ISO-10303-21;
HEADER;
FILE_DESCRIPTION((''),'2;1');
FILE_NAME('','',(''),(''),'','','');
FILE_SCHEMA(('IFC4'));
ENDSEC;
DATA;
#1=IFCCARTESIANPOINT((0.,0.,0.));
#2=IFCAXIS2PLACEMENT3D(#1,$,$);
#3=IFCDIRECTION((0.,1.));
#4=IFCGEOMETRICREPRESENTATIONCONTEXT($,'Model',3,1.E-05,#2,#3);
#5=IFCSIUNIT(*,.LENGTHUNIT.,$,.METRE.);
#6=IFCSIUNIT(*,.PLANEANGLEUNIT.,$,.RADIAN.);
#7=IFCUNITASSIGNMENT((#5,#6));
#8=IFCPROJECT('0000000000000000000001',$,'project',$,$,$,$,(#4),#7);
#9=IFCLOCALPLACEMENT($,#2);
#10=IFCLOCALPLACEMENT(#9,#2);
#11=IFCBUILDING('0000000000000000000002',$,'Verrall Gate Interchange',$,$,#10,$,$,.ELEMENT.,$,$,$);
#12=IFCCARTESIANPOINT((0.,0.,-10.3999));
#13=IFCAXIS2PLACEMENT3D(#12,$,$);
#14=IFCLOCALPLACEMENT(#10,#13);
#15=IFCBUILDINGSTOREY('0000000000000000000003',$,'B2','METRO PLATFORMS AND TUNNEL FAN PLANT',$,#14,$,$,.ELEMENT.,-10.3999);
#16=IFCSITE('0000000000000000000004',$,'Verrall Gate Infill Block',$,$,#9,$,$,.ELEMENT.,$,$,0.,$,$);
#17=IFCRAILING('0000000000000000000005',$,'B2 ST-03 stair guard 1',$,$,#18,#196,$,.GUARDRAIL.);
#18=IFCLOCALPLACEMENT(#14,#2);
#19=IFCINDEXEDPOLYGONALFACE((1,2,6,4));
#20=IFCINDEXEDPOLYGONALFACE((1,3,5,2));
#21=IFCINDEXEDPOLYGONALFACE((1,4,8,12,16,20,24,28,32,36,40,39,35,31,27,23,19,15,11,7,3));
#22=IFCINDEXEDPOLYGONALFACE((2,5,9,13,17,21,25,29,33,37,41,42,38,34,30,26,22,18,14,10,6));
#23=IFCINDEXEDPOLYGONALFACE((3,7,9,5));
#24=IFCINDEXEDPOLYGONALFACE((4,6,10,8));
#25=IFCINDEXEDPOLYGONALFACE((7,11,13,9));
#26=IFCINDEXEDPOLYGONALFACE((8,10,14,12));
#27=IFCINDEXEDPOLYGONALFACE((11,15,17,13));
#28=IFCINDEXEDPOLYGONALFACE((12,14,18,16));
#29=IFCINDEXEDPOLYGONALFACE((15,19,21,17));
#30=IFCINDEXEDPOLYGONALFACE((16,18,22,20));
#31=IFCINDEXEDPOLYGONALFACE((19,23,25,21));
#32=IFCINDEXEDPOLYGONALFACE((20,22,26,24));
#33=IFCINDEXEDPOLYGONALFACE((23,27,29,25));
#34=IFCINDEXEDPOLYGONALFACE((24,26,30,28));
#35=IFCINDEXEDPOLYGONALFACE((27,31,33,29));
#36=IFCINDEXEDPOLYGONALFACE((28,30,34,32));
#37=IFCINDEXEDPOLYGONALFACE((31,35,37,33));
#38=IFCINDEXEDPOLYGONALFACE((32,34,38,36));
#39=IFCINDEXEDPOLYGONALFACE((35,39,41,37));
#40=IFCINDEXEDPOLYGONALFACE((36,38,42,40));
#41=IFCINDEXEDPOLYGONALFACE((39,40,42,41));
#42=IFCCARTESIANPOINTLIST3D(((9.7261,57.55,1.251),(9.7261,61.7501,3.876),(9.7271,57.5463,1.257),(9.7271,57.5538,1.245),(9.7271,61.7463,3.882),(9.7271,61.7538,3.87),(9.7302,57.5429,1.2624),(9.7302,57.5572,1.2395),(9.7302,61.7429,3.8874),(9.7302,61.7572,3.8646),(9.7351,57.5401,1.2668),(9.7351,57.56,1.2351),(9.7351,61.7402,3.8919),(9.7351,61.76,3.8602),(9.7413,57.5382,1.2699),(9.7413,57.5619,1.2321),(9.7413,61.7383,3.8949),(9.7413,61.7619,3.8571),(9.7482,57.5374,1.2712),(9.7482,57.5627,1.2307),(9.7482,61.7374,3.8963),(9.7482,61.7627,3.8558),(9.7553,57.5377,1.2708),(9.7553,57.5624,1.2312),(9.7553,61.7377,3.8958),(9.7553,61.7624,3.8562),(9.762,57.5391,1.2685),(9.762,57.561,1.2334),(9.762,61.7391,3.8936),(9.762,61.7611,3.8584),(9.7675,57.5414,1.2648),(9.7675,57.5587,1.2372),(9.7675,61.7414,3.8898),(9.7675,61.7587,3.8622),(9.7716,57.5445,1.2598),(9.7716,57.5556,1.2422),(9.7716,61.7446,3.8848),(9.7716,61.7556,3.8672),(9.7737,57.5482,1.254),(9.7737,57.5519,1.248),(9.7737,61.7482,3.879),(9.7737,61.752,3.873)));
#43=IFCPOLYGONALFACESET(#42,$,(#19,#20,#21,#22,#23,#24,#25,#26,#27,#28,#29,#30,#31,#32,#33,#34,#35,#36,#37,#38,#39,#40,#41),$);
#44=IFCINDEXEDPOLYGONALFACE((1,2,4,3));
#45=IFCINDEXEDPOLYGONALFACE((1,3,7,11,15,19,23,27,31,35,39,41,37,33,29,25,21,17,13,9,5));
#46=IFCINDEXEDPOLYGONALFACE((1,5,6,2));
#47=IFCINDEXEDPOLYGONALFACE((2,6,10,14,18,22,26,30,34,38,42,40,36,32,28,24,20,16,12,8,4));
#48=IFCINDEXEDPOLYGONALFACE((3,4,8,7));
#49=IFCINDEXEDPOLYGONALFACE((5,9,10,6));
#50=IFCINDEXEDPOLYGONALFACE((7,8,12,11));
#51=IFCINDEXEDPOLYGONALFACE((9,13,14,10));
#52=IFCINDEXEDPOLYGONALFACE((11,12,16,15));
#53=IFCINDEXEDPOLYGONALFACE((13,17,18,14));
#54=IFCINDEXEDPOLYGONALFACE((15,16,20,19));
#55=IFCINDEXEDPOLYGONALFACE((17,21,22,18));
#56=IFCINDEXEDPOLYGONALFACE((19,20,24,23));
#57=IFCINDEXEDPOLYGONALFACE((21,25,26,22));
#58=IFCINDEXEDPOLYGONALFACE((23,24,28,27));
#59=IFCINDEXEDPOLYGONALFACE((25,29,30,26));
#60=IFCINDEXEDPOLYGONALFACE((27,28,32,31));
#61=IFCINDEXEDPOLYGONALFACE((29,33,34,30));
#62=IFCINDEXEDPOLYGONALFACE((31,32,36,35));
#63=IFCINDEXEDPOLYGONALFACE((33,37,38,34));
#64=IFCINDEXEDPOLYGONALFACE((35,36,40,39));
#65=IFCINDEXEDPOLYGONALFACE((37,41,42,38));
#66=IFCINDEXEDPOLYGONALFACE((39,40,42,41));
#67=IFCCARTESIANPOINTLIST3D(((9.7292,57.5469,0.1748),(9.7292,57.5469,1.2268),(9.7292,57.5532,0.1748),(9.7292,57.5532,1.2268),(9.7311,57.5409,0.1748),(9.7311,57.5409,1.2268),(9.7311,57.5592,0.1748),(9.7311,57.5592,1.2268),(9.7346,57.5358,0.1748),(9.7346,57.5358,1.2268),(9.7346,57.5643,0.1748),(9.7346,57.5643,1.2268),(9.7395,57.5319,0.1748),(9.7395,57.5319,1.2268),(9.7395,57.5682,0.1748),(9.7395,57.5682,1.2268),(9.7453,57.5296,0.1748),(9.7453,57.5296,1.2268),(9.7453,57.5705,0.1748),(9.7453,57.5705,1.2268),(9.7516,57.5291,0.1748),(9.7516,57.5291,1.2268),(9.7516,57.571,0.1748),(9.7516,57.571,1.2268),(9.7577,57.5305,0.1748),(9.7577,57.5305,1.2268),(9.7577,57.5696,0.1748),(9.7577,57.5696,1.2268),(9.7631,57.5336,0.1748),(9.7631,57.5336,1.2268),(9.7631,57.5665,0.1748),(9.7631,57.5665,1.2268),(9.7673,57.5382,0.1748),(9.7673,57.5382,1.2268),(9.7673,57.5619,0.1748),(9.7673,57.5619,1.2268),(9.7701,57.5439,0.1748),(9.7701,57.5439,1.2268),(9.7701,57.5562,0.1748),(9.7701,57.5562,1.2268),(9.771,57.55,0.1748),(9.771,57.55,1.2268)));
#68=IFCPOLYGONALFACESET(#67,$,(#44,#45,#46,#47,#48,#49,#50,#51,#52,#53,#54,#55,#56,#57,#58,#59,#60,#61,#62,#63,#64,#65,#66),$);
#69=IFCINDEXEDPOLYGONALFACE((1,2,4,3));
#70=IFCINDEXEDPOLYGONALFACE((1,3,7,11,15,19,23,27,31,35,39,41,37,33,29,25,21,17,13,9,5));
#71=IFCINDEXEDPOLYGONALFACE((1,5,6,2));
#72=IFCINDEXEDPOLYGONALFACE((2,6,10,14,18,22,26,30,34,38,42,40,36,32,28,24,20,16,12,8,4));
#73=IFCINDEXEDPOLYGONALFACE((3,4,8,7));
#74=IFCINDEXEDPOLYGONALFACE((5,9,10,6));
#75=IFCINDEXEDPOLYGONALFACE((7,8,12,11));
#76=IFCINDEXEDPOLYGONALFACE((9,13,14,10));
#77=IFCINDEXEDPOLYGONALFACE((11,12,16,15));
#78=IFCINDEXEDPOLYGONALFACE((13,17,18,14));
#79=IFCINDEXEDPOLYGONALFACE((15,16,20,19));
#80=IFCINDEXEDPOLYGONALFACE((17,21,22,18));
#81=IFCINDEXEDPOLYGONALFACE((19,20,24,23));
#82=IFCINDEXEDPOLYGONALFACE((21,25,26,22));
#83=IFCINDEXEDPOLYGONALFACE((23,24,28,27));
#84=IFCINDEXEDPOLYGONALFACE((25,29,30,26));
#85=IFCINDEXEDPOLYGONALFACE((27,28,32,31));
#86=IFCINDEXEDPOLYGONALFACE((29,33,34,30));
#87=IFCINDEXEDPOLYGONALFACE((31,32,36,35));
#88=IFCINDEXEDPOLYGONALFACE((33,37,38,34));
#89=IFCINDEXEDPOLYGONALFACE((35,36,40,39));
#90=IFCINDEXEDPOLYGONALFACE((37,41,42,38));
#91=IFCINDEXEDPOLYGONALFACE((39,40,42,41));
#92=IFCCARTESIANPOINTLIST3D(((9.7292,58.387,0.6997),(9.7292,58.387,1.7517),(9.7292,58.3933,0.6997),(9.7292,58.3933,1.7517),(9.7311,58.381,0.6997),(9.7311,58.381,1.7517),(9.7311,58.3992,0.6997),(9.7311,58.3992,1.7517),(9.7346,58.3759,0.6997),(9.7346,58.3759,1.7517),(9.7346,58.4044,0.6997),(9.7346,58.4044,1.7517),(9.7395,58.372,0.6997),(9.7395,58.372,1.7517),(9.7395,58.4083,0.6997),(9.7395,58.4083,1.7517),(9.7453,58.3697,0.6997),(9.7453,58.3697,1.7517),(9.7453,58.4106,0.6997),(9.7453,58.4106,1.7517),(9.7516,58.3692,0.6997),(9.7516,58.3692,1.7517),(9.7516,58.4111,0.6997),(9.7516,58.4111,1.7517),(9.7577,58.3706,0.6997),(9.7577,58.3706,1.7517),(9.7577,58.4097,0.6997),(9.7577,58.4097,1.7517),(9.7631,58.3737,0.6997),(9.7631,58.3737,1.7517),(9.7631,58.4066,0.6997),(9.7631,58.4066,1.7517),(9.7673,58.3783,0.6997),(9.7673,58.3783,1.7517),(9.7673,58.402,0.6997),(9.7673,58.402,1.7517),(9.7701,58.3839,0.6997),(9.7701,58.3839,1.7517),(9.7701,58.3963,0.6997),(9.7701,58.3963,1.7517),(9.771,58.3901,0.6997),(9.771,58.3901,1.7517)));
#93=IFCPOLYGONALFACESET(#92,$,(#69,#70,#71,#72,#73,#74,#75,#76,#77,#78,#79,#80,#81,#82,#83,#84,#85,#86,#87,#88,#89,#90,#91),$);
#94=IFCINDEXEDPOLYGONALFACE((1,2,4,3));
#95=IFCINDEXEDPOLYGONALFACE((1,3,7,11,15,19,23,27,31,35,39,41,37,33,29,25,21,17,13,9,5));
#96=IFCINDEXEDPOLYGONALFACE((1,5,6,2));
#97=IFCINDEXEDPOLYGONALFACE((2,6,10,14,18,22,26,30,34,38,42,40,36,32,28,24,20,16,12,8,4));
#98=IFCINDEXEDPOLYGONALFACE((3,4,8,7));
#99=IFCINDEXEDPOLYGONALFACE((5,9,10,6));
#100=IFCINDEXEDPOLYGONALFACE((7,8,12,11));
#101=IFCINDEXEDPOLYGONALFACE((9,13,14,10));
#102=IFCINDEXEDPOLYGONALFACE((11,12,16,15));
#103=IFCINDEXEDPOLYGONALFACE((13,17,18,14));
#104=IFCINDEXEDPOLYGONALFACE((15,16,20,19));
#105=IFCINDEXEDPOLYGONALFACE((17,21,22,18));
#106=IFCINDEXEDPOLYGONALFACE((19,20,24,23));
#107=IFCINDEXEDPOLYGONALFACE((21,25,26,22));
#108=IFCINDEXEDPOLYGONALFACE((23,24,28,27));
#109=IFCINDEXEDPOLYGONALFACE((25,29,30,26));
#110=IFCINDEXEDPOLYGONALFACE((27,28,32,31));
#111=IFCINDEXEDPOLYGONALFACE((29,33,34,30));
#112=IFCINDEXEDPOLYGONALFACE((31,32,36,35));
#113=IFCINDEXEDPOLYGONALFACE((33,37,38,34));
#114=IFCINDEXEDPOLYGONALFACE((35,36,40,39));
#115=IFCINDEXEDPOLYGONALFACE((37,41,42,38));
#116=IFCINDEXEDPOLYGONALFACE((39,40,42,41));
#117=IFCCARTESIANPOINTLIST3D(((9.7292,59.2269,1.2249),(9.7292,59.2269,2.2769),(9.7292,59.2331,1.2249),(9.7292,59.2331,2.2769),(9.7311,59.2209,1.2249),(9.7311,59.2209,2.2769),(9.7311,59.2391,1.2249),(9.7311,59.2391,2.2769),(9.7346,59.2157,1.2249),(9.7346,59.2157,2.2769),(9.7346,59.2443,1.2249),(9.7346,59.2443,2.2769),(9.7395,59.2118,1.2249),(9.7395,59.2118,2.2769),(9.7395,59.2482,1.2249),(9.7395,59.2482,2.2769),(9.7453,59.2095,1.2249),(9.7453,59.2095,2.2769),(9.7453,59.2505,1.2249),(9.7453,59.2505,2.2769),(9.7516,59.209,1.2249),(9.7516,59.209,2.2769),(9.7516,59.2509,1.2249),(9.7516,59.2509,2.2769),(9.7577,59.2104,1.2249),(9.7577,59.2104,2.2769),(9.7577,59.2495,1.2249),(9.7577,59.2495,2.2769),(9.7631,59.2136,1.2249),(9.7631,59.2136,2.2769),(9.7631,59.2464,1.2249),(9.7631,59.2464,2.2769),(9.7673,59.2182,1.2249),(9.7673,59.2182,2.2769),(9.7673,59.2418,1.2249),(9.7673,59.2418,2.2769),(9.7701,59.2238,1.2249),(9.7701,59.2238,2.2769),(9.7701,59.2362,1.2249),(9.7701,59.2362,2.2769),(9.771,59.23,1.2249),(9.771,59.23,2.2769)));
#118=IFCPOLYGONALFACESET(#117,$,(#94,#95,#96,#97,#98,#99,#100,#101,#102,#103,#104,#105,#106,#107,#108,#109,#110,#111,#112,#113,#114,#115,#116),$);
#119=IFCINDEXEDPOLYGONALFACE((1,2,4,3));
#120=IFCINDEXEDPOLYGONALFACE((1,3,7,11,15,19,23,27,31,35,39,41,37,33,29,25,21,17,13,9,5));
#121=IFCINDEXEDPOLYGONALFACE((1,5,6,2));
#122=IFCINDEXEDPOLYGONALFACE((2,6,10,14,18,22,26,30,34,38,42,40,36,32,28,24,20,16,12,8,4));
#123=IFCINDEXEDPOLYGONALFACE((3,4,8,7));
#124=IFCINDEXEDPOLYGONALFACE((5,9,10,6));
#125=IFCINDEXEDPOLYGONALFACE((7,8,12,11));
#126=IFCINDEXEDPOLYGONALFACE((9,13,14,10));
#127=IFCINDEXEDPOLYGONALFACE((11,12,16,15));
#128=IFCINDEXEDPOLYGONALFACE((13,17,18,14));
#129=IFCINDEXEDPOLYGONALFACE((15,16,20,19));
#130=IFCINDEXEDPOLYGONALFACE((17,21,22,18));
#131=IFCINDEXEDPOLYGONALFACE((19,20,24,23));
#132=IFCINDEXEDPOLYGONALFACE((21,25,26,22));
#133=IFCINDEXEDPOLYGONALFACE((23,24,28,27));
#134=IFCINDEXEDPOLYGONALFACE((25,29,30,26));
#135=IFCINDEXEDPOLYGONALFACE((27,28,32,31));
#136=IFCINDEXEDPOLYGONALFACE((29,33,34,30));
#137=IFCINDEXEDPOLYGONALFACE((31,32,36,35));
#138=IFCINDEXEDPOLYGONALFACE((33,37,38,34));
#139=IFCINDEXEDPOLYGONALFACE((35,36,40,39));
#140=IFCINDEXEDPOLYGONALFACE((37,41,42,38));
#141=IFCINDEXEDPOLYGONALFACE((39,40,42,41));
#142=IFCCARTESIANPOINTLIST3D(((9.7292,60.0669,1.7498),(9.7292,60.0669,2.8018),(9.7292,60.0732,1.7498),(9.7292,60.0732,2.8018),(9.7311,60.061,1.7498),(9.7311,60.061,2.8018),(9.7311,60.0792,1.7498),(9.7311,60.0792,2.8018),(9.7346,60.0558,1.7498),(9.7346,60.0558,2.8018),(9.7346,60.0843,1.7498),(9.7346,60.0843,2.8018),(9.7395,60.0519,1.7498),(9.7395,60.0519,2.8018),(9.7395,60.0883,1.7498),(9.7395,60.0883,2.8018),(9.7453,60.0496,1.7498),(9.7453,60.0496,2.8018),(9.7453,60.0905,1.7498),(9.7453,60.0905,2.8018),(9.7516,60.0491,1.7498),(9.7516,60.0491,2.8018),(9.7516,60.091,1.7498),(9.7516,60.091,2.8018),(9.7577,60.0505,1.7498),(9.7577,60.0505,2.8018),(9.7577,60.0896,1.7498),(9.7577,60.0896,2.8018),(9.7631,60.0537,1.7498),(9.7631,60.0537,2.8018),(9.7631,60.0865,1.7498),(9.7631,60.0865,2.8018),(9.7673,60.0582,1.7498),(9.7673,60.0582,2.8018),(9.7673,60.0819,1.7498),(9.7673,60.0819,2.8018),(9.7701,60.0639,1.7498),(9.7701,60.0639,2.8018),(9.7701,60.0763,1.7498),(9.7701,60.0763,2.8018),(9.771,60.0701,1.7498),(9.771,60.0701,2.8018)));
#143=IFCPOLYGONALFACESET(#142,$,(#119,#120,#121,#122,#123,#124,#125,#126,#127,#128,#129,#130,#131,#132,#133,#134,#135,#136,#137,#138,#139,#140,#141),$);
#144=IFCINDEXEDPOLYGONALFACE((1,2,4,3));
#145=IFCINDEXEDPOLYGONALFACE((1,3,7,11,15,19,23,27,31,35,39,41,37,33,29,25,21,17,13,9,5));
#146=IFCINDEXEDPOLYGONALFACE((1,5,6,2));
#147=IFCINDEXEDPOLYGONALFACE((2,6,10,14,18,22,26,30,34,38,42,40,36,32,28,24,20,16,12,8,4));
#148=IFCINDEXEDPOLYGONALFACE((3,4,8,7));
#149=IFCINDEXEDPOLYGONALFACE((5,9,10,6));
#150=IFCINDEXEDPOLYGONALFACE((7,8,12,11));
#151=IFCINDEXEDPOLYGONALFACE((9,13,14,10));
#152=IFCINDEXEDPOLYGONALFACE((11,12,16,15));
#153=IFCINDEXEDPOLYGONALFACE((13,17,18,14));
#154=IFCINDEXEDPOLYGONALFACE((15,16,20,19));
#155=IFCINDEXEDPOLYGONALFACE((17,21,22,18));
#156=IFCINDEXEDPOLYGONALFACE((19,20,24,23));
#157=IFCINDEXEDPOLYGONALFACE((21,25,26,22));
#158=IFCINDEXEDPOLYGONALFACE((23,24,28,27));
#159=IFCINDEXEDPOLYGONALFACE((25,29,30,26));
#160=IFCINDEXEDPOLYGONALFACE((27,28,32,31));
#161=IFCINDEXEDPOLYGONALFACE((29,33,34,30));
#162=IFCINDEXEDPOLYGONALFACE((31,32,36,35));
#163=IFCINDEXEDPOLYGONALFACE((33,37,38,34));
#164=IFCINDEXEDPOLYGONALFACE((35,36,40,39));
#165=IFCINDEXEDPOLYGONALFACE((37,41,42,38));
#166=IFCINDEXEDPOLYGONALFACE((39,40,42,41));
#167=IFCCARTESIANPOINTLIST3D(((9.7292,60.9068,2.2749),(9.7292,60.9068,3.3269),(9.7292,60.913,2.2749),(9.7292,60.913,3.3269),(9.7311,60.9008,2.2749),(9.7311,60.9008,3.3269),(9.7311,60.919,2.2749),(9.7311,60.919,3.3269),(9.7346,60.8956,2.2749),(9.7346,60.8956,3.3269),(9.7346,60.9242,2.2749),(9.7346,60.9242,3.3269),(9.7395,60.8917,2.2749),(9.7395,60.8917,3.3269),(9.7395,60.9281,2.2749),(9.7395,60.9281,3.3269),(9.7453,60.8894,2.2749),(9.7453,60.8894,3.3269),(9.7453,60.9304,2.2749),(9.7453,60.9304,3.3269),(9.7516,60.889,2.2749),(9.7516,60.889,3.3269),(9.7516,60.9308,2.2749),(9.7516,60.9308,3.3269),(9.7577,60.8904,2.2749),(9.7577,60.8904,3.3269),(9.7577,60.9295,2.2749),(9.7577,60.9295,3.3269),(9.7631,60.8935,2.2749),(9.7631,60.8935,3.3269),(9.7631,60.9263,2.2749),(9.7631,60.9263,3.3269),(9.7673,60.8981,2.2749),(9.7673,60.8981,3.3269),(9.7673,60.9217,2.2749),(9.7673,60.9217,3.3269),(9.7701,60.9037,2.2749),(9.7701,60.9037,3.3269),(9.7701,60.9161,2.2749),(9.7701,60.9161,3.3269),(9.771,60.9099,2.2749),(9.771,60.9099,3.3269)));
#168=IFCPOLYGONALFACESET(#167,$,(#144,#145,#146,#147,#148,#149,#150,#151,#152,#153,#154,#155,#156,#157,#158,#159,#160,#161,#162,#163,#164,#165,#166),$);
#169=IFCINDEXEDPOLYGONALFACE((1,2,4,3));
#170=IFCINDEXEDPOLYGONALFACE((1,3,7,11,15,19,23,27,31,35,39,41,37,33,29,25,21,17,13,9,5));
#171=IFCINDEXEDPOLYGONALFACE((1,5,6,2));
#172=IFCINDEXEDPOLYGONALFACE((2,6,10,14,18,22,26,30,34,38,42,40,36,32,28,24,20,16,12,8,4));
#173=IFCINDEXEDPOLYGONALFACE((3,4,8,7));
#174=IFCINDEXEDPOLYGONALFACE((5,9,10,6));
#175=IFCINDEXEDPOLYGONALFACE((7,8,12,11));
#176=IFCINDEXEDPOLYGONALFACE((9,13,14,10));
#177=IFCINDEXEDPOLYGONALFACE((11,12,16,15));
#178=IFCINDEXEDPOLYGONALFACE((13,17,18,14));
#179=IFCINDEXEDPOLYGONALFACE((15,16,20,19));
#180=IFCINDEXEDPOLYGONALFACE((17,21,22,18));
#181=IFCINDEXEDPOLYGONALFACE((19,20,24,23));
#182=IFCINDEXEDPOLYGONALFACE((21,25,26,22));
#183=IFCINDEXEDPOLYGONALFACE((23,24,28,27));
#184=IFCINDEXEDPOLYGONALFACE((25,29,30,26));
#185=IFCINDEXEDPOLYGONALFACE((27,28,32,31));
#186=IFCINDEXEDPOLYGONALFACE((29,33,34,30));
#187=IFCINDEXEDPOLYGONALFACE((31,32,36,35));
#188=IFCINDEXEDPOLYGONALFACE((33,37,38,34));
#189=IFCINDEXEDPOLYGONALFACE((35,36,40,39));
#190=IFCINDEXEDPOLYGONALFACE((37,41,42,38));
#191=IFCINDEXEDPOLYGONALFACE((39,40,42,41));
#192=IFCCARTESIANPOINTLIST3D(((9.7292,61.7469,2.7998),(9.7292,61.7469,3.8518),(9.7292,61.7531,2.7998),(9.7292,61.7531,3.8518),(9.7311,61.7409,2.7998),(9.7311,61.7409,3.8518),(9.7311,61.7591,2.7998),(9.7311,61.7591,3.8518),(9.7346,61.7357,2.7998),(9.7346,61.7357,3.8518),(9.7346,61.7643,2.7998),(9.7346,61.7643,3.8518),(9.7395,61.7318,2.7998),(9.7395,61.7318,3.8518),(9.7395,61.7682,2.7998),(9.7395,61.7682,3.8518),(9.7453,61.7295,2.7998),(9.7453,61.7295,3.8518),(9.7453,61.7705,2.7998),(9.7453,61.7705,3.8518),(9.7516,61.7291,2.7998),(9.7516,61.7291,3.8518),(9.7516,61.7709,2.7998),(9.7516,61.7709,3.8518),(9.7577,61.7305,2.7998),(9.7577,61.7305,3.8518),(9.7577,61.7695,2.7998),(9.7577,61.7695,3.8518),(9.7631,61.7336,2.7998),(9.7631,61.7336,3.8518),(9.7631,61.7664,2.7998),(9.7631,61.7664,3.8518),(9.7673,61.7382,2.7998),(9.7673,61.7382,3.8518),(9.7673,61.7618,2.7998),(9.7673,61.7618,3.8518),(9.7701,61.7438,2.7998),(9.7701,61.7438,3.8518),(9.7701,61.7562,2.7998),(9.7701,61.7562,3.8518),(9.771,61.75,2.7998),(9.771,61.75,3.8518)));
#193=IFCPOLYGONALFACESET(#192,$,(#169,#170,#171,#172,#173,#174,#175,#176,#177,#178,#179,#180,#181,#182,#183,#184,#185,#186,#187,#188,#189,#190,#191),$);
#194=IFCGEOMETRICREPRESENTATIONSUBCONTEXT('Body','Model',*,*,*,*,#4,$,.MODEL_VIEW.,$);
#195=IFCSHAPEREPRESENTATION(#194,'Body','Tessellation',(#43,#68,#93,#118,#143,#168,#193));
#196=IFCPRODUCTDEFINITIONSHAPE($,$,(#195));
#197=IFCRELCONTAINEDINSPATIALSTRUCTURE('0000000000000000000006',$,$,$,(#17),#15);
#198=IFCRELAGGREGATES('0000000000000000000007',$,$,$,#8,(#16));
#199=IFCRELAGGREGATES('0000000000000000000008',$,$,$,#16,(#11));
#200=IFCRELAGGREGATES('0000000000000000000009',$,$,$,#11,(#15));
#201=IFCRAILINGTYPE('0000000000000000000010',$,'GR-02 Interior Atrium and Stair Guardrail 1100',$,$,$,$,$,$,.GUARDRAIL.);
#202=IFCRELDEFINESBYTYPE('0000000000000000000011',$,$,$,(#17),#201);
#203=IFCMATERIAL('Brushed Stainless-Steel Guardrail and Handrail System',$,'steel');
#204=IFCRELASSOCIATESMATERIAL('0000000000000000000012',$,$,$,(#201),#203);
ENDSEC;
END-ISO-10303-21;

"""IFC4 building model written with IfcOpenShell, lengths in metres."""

from ifc_helpers import new_model, si_unit, direction, frame, origin, origin_2d, place, context, subcontext, project, spatial, circle, extrude, material, type_object, element, save


model = new_model("IFC4")

# Units and contexts
model_context = context("Model", 3, precision=1e-05, world=origin(), true_north=direction((0.0, 1.0)))
body_context = subcontext(model_context, "Body", "Model", "MODEL_VIEW")
ifc_project = project(units=[si_unit("LENGTHUNIT", "METRE"), si_unit("PLANEANGLEUNIT", "RADIAN")], contexts=[model_context])

# Site, building, storey
site_placement = place(None, origin())
site = spatial("IfcSite", under=ifc_project, at=site_placement, Name="Verrall Gate Infill Block", CompositionType="ELEMENT", RefElevation=0.0)
building_placement = place(site_placement, origin())
building = spatial("IfcBuilding", under=site, at=building_placement, Name="Verrall Gate Interchange", CompositionType="ELEMENT")
storey_placement = place(building_placement, frame((0.0, 0.0, -10.3999)))
storey = spatial("IfcBuildingStorey", under=building, at=storey_placement, Name="B2", Description="METRO PLATFORMS AND TUNNEL FAN PLANT", CompositionType="ELEMENT", Elevation=-10.3999)

# Railing
ifc_material_1 = material(Name="Brushed Stainless-Steel Guardrail and Handrail System", Category="steel")
railing_type_1 = type_object("IfcRailingType", Name="GR-02 Interior Atrium and Stair Guardrail 1100", PredefinedType="GUARDRAIL", material=ifc_material_1)
railing_1_placement = place(storey_placement, frame((9.75, 57.55, 0.1748)))
element("IfcRailing", 1, at=railing_1_placement, inside=storey, type_object=railing_type_1, Name="B2 ST-03 stair guard 1", PredefinedType="GUARDRAIL", context=body_context, shape_type="SweptSolid", body=[
    extrude(circle(Radius=0.0239, at=origin_2d()), frame((0.0, 0.0, 1.0762), z_axis=(0.0, 0.847996, 0.530003), x_axis=(-1.0, 0.0, 0.0)), (0.0, 0.0, 1.0), 4.9529),
    extrude(circle(Radius=0.021, at=origin_2d()), origin(), (0.0, 0.0, 1.0), 1.052),
    extrude(circle(Radius=0.021, at=origin_2d()), frame((0.0, 0.8401, 0.5249)), (0.0, 0.0, 1.0), 1.052),
    extrude(circle(Radius=0.021, at=origin_2d()), frame((0.0, 1.6799, 1.05)), (0.0, 0.0, 1.0), 1.052),
    extrude(circle(Radius=0.021, at=origin_2d()), frame((0.0, 2.52, 1.575)), (0.0, 0.0, 1.0), 1.052),
    extrude(circle(Radius=0.021, at=origin_2d()), frame((0.0, 3.3599, 2.1001)), (0.0, 0.0, 1.0), 1.052),
    extrude(circle(Radius=0.021, at=origin_2d()), frame((0.0, 4.2, 2.625)), (0.0, 0.0, 1.0), 1.052),
])

save(model, "model.ifc")
